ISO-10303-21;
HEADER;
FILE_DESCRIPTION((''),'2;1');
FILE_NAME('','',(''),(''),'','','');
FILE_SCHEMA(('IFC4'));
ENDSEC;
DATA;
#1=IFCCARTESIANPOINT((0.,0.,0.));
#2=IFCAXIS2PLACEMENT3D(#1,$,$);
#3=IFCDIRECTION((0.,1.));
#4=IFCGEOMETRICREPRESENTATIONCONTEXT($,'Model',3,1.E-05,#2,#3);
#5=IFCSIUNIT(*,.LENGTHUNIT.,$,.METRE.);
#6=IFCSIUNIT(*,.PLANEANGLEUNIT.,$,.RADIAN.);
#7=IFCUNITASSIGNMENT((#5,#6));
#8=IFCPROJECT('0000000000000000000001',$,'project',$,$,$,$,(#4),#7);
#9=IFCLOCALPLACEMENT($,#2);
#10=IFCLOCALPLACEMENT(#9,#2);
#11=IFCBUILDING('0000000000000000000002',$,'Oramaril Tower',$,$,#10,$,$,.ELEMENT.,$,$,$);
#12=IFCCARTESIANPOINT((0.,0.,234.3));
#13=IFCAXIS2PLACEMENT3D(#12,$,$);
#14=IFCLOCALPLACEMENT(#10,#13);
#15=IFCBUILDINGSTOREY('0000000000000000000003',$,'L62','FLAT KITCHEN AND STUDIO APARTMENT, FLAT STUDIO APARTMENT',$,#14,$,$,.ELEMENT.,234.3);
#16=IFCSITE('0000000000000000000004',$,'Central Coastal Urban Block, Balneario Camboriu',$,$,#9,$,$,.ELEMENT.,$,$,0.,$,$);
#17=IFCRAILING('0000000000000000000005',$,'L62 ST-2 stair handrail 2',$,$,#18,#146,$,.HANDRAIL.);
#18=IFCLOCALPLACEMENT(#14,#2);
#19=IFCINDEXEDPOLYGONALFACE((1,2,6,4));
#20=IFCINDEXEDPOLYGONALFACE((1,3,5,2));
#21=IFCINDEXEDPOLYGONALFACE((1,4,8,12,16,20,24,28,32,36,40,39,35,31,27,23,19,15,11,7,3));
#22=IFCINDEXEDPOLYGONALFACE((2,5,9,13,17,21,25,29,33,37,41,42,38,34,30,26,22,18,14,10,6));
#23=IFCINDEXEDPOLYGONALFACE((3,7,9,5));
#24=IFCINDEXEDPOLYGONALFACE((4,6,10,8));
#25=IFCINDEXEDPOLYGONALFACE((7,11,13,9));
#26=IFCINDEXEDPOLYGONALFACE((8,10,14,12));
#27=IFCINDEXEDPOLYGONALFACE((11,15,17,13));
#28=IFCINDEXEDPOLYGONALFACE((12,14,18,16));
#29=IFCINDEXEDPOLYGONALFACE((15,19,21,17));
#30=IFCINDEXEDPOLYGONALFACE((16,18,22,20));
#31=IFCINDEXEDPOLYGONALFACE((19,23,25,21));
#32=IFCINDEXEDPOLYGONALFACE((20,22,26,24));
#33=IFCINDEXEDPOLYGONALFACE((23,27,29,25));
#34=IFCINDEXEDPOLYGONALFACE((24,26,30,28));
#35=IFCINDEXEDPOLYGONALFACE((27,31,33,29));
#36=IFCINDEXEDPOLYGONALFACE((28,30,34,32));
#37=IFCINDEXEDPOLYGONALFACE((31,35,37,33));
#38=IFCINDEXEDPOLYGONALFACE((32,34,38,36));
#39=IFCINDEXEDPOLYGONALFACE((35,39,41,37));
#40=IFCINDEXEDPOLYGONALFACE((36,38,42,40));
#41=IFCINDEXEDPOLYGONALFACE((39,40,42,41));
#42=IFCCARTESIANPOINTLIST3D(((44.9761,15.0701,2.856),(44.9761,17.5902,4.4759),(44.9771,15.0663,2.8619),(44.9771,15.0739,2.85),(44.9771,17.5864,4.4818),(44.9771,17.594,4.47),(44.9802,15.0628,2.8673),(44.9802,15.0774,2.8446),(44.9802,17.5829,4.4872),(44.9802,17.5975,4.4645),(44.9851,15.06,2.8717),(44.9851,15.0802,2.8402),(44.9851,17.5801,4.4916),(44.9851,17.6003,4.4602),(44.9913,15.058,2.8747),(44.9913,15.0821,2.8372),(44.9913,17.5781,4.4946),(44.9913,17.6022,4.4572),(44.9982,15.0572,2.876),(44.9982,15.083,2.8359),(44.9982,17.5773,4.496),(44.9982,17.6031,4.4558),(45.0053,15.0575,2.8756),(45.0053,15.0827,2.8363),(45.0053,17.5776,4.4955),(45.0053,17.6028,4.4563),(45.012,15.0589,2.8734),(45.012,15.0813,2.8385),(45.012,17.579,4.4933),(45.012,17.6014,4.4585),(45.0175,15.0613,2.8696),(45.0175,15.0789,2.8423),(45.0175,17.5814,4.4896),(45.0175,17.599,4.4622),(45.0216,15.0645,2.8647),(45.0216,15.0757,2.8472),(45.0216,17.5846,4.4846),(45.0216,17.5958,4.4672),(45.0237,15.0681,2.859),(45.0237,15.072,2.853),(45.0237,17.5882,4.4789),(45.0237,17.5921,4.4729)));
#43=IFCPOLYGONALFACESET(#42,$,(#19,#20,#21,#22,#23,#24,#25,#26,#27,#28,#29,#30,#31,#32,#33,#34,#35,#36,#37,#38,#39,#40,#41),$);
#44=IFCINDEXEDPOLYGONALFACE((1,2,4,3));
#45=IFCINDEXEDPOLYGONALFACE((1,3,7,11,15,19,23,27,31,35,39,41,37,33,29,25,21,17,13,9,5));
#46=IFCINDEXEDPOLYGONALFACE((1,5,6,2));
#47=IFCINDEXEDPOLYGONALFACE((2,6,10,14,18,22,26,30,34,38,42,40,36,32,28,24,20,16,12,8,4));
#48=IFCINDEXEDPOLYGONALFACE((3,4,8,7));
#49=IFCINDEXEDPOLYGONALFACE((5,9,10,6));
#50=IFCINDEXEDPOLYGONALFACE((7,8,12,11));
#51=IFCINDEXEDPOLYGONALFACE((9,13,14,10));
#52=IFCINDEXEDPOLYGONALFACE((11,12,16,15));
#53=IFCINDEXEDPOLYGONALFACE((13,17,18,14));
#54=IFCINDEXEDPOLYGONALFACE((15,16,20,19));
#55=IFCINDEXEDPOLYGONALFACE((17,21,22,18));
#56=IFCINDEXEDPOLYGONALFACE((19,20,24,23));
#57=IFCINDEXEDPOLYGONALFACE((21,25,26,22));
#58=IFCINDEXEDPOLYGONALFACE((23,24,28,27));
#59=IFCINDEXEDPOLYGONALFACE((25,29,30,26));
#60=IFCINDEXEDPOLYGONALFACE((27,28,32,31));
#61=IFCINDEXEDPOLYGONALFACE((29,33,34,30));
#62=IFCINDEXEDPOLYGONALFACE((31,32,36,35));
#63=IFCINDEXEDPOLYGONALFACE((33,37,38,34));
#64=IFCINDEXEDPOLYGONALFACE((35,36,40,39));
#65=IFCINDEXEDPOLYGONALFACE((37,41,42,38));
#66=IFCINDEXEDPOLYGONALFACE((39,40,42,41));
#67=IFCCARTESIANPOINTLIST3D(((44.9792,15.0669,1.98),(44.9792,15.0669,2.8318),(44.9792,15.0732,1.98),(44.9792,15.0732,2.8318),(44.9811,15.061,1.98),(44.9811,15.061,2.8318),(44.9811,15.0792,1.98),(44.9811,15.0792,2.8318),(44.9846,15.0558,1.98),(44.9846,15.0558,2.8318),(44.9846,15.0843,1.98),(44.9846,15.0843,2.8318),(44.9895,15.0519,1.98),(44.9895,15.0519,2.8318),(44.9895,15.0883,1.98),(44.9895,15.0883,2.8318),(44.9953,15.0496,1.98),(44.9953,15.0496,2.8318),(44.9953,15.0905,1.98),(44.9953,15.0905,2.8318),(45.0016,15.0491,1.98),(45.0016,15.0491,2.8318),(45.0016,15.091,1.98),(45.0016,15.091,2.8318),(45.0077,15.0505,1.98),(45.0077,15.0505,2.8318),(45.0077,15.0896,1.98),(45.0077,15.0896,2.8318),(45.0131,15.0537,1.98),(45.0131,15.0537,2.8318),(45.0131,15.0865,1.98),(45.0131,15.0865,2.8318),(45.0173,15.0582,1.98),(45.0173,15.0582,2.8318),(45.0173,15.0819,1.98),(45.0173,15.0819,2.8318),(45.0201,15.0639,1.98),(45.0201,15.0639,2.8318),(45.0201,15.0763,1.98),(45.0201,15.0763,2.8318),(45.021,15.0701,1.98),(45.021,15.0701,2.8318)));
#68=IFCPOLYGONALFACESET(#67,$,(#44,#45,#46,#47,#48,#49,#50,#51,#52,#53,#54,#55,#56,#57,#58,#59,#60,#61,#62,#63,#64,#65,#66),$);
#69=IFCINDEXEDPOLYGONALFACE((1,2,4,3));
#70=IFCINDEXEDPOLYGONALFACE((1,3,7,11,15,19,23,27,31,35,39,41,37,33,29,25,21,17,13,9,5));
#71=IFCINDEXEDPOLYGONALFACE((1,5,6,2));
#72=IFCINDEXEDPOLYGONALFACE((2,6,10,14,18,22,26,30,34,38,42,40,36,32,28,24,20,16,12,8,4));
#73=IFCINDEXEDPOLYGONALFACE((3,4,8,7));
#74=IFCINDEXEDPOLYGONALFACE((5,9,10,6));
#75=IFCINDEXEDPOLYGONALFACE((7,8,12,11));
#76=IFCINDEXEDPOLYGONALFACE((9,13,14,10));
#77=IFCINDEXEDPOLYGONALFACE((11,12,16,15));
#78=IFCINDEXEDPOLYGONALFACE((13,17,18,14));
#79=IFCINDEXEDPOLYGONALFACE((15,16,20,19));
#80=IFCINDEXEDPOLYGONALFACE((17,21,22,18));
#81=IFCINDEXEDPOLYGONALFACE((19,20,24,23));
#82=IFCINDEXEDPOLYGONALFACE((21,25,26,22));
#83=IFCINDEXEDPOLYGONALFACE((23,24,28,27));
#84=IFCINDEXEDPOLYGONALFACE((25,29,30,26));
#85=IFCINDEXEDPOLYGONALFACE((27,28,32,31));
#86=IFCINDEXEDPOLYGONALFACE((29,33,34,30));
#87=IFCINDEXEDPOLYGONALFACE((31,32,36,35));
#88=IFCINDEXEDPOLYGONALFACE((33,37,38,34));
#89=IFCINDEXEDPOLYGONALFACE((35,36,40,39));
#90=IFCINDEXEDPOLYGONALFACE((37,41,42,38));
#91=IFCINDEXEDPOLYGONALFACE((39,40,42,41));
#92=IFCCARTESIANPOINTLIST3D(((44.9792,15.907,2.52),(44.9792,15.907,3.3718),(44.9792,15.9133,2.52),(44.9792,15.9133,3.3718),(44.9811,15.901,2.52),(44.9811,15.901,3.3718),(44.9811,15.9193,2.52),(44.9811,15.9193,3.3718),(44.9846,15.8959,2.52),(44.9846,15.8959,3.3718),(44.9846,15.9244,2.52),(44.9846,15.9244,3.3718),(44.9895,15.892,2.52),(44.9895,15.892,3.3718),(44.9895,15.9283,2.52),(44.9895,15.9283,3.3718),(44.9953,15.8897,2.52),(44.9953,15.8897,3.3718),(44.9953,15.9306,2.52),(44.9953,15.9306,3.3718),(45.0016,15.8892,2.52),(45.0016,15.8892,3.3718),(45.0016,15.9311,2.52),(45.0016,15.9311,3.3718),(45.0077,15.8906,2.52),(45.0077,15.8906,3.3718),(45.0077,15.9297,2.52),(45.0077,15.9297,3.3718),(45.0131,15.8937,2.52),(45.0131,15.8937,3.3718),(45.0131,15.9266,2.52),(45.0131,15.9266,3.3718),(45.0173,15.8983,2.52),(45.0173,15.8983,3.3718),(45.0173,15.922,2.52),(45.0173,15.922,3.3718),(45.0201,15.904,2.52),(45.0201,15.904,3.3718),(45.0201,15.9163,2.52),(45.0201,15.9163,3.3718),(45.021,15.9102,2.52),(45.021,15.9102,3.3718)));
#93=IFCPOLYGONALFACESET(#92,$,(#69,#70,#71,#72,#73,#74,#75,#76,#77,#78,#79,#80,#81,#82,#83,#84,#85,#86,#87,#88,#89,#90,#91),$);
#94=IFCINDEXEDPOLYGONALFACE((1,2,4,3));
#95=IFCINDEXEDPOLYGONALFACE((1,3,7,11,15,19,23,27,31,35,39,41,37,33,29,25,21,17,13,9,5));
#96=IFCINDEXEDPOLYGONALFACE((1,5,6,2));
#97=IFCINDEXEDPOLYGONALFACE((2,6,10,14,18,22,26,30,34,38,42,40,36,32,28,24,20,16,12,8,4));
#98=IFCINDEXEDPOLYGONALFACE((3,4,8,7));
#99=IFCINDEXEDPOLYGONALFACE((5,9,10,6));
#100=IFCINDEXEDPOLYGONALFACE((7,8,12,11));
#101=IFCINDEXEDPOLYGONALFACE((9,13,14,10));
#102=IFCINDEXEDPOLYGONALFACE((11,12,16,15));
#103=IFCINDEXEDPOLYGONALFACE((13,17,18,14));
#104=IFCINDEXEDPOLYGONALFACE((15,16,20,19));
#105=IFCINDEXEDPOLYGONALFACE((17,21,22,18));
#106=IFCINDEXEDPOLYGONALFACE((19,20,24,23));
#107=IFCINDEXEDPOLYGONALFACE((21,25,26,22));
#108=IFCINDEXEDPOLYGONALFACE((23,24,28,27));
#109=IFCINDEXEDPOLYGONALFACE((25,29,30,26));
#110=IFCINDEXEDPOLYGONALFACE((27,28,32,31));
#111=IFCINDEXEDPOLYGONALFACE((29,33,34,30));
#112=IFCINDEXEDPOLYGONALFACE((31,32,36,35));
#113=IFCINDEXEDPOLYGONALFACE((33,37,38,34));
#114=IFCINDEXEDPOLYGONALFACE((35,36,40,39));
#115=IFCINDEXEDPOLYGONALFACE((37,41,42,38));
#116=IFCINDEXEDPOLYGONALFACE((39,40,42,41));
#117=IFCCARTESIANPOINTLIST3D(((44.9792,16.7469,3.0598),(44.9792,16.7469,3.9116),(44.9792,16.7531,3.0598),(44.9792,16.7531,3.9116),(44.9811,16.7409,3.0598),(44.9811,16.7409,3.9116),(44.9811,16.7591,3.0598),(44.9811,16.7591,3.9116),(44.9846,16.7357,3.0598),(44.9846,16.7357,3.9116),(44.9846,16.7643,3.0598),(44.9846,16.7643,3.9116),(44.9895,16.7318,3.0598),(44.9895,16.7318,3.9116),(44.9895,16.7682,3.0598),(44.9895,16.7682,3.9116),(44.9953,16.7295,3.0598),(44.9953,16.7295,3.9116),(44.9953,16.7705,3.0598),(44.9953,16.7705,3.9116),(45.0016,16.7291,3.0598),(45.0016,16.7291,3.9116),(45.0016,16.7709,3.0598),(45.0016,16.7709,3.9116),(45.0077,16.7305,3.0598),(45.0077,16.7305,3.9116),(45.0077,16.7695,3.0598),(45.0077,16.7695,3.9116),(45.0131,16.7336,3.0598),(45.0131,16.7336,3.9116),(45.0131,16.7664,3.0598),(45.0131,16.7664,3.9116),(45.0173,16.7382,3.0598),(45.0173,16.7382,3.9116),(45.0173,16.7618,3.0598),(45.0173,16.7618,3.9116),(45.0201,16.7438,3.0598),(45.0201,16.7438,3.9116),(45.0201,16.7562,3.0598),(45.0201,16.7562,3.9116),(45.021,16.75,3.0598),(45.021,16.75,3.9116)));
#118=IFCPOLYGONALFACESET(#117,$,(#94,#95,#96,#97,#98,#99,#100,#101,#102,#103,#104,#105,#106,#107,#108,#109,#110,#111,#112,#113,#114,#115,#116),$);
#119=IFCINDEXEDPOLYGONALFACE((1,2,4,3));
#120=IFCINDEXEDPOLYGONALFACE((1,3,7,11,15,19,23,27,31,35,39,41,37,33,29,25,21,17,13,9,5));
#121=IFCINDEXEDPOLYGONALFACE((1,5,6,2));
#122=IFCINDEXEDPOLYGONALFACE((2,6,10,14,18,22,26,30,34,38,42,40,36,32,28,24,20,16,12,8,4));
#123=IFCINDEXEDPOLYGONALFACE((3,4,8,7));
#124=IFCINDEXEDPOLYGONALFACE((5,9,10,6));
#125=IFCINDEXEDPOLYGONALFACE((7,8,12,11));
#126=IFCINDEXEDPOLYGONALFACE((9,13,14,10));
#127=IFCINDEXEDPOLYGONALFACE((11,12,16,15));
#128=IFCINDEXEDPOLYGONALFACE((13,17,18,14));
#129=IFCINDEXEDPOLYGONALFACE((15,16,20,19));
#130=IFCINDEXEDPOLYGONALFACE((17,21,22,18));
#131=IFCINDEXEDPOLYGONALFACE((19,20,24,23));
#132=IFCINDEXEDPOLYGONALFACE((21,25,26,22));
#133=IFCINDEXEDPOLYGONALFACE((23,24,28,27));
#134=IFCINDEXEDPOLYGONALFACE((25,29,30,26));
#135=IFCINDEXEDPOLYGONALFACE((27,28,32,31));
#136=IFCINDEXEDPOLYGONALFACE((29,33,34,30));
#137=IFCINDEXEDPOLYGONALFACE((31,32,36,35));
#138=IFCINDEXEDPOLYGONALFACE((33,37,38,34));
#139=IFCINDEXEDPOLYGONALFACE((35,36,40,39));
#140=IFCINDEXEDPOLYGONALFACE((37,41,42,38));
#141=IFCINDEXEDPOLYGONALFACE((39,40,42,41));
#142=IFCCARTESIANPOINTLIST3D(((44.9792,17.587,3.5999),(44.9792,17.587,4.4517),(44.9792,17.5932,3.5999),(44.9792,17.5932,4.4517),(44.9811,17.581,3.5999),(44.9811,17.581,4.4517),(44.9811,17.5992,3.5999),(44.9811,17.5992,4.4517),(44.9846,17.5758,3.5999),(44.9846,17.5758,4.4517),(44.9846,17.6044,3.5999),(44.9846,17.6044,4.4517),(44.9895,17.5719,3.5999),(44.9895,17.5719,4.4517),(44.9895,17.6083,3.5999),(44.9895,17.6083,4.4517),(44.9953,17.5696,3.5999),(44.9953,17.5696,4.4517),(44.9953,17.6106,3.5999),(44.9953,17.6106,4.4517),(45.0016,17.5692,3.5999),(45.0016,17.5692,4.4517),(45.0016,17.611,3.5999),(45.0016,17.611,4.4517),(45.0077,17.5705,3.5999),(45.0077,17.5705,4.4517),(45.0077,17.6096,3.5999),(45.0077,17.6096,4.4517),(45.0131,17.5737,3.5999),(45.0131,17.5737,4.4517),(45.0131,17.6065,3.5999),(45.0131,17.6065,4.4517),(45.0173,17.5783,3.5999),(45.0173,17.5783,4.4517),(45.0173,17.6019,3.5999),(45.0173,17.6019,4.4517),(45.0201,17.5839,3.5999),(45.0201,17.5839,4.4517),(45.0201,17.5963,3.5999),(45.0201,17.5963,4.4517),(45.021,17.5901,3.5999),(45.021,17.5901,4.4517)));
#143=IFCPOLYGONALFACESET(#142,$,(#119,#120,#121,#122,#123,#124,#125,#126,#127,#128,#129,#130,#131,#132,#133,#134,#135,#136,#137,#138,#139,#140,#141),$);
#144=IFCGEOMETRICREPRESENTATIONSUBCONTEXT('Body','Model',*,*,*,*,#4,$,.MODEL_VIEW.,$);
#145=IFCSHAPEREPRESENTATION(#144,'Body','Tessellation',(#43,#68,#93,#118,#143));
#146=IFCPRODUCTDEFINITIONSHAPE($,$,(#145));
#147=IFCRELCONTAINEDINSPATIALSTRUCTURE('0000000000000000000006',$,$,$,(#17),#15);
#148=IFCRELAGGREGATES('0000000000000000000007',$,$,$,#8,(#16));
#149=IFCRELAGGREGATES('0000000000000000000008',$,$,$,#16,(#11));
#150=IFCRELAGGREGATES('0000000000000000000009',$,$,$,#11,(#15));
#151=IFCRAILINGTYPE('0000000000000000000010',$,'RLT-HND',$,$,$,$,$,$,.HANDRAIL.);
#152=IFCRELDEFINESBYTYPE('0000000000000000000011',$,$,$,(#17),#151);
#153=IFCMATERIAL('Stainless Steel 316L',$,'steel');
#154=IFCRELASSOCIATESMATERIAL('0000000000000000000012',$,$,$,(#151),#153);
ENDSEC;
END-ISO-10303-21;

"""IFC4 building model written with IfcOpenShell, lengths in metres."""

from ifc_helpers import new_model, si_unit, direction, frame, origin, origin_2d, place, context, subcontext, project, spatial, circle, extrude, material, type_object, element, save


model = new_model("IFC4")

# Units and contexts
model_context = context("Model", 3, precision=1e-05, world=origin(), true_north=direction((0.0, 1.0)))
body_context = subcontext(model_context, "Body", "Model", "MODEL_VIEW")
ifc_project = project(units=[si_unit("LENGTHUNIT", "METRE"), si_unit("PLANEANGLEUNIT", "RADIAN")], contexts=[model_context])

# Site, building, storey
site_placement = place(None, origin())
site = spatial("IfcSite", under=ifc_project, at=site_placement, Name="Central Coastal Urban Block, Balneario Camboriu", CompositionType="ELEMENT", RefElevation=0.0)
building_placement = place(site_placement, origin())
building = spatial("IfcBuilding", under=site, at=building_placement, Name="Oramaril Tower", CompositionType="ELEMENT")
storey_placement = place(building_placement, frame((0.0, 0.0, 234.3)))
storey = spatial("IfcBuildingStorey", under=building, at=storey_placement, Name="L62", Description="FLAT KITCHEN AND STUDIO APARTMENT, FLAT STUDIO APARTMENT", CompositionType="ELEMENT", Elevation=234.3)

# Railing
ifc_material_1 = material(Name="Stainless Steel 316L", Category="steel")
railing_type_1 = type_object("IfcRailingType", Name="RLT-HND", PredefinedType="HANDRAIL", material=ifc_material_1)
railing_1_placement = place(storey_placement, frame((45.0, 15.0701, 1.98)))
element("IfcRailing", 1, at=railing_1_placement, inside=storey, type_object=railing_type_1, Name="L62 ST-2 stair handrail 2", PredefinedType="HANDRAIL", context=body_context, shape_type="SweptSolid", body=[
    extrude(circle(Radius=0.0239, at=origin_2d()), frame((0.0, 0.0, 0.876), z_axis=(0.0, 0.8412, 0.540725), x_axis=(-1.0, 0.0, 0.0)), (0.0, 0.0, 1.0), 2.9958),
    extrude(circle(Radius=0.021, at=origin_2d()), origin(), (0.0, 0.0, 1.0), 0.8518),
    extrude(circle(Radius=0.021, at=origin_2d()), frame((0.0, 0.8401, 0.54)), (0.0, 0.0, 1.0), 0.8518),
    extrude(circle(Radius=0.021, at=origin_2d()), frame((0.0, 1.6799, 1.0798)), (0.0, 0.0, 1.0), 0.8518),
    extrude(circle(Radius=0.021, at=origin_2d()), frame((0.0, 2.52, 1.6199)), (0.0, 0.0, 1.0), 0.8518),
])

save(model, "model.ifc")
